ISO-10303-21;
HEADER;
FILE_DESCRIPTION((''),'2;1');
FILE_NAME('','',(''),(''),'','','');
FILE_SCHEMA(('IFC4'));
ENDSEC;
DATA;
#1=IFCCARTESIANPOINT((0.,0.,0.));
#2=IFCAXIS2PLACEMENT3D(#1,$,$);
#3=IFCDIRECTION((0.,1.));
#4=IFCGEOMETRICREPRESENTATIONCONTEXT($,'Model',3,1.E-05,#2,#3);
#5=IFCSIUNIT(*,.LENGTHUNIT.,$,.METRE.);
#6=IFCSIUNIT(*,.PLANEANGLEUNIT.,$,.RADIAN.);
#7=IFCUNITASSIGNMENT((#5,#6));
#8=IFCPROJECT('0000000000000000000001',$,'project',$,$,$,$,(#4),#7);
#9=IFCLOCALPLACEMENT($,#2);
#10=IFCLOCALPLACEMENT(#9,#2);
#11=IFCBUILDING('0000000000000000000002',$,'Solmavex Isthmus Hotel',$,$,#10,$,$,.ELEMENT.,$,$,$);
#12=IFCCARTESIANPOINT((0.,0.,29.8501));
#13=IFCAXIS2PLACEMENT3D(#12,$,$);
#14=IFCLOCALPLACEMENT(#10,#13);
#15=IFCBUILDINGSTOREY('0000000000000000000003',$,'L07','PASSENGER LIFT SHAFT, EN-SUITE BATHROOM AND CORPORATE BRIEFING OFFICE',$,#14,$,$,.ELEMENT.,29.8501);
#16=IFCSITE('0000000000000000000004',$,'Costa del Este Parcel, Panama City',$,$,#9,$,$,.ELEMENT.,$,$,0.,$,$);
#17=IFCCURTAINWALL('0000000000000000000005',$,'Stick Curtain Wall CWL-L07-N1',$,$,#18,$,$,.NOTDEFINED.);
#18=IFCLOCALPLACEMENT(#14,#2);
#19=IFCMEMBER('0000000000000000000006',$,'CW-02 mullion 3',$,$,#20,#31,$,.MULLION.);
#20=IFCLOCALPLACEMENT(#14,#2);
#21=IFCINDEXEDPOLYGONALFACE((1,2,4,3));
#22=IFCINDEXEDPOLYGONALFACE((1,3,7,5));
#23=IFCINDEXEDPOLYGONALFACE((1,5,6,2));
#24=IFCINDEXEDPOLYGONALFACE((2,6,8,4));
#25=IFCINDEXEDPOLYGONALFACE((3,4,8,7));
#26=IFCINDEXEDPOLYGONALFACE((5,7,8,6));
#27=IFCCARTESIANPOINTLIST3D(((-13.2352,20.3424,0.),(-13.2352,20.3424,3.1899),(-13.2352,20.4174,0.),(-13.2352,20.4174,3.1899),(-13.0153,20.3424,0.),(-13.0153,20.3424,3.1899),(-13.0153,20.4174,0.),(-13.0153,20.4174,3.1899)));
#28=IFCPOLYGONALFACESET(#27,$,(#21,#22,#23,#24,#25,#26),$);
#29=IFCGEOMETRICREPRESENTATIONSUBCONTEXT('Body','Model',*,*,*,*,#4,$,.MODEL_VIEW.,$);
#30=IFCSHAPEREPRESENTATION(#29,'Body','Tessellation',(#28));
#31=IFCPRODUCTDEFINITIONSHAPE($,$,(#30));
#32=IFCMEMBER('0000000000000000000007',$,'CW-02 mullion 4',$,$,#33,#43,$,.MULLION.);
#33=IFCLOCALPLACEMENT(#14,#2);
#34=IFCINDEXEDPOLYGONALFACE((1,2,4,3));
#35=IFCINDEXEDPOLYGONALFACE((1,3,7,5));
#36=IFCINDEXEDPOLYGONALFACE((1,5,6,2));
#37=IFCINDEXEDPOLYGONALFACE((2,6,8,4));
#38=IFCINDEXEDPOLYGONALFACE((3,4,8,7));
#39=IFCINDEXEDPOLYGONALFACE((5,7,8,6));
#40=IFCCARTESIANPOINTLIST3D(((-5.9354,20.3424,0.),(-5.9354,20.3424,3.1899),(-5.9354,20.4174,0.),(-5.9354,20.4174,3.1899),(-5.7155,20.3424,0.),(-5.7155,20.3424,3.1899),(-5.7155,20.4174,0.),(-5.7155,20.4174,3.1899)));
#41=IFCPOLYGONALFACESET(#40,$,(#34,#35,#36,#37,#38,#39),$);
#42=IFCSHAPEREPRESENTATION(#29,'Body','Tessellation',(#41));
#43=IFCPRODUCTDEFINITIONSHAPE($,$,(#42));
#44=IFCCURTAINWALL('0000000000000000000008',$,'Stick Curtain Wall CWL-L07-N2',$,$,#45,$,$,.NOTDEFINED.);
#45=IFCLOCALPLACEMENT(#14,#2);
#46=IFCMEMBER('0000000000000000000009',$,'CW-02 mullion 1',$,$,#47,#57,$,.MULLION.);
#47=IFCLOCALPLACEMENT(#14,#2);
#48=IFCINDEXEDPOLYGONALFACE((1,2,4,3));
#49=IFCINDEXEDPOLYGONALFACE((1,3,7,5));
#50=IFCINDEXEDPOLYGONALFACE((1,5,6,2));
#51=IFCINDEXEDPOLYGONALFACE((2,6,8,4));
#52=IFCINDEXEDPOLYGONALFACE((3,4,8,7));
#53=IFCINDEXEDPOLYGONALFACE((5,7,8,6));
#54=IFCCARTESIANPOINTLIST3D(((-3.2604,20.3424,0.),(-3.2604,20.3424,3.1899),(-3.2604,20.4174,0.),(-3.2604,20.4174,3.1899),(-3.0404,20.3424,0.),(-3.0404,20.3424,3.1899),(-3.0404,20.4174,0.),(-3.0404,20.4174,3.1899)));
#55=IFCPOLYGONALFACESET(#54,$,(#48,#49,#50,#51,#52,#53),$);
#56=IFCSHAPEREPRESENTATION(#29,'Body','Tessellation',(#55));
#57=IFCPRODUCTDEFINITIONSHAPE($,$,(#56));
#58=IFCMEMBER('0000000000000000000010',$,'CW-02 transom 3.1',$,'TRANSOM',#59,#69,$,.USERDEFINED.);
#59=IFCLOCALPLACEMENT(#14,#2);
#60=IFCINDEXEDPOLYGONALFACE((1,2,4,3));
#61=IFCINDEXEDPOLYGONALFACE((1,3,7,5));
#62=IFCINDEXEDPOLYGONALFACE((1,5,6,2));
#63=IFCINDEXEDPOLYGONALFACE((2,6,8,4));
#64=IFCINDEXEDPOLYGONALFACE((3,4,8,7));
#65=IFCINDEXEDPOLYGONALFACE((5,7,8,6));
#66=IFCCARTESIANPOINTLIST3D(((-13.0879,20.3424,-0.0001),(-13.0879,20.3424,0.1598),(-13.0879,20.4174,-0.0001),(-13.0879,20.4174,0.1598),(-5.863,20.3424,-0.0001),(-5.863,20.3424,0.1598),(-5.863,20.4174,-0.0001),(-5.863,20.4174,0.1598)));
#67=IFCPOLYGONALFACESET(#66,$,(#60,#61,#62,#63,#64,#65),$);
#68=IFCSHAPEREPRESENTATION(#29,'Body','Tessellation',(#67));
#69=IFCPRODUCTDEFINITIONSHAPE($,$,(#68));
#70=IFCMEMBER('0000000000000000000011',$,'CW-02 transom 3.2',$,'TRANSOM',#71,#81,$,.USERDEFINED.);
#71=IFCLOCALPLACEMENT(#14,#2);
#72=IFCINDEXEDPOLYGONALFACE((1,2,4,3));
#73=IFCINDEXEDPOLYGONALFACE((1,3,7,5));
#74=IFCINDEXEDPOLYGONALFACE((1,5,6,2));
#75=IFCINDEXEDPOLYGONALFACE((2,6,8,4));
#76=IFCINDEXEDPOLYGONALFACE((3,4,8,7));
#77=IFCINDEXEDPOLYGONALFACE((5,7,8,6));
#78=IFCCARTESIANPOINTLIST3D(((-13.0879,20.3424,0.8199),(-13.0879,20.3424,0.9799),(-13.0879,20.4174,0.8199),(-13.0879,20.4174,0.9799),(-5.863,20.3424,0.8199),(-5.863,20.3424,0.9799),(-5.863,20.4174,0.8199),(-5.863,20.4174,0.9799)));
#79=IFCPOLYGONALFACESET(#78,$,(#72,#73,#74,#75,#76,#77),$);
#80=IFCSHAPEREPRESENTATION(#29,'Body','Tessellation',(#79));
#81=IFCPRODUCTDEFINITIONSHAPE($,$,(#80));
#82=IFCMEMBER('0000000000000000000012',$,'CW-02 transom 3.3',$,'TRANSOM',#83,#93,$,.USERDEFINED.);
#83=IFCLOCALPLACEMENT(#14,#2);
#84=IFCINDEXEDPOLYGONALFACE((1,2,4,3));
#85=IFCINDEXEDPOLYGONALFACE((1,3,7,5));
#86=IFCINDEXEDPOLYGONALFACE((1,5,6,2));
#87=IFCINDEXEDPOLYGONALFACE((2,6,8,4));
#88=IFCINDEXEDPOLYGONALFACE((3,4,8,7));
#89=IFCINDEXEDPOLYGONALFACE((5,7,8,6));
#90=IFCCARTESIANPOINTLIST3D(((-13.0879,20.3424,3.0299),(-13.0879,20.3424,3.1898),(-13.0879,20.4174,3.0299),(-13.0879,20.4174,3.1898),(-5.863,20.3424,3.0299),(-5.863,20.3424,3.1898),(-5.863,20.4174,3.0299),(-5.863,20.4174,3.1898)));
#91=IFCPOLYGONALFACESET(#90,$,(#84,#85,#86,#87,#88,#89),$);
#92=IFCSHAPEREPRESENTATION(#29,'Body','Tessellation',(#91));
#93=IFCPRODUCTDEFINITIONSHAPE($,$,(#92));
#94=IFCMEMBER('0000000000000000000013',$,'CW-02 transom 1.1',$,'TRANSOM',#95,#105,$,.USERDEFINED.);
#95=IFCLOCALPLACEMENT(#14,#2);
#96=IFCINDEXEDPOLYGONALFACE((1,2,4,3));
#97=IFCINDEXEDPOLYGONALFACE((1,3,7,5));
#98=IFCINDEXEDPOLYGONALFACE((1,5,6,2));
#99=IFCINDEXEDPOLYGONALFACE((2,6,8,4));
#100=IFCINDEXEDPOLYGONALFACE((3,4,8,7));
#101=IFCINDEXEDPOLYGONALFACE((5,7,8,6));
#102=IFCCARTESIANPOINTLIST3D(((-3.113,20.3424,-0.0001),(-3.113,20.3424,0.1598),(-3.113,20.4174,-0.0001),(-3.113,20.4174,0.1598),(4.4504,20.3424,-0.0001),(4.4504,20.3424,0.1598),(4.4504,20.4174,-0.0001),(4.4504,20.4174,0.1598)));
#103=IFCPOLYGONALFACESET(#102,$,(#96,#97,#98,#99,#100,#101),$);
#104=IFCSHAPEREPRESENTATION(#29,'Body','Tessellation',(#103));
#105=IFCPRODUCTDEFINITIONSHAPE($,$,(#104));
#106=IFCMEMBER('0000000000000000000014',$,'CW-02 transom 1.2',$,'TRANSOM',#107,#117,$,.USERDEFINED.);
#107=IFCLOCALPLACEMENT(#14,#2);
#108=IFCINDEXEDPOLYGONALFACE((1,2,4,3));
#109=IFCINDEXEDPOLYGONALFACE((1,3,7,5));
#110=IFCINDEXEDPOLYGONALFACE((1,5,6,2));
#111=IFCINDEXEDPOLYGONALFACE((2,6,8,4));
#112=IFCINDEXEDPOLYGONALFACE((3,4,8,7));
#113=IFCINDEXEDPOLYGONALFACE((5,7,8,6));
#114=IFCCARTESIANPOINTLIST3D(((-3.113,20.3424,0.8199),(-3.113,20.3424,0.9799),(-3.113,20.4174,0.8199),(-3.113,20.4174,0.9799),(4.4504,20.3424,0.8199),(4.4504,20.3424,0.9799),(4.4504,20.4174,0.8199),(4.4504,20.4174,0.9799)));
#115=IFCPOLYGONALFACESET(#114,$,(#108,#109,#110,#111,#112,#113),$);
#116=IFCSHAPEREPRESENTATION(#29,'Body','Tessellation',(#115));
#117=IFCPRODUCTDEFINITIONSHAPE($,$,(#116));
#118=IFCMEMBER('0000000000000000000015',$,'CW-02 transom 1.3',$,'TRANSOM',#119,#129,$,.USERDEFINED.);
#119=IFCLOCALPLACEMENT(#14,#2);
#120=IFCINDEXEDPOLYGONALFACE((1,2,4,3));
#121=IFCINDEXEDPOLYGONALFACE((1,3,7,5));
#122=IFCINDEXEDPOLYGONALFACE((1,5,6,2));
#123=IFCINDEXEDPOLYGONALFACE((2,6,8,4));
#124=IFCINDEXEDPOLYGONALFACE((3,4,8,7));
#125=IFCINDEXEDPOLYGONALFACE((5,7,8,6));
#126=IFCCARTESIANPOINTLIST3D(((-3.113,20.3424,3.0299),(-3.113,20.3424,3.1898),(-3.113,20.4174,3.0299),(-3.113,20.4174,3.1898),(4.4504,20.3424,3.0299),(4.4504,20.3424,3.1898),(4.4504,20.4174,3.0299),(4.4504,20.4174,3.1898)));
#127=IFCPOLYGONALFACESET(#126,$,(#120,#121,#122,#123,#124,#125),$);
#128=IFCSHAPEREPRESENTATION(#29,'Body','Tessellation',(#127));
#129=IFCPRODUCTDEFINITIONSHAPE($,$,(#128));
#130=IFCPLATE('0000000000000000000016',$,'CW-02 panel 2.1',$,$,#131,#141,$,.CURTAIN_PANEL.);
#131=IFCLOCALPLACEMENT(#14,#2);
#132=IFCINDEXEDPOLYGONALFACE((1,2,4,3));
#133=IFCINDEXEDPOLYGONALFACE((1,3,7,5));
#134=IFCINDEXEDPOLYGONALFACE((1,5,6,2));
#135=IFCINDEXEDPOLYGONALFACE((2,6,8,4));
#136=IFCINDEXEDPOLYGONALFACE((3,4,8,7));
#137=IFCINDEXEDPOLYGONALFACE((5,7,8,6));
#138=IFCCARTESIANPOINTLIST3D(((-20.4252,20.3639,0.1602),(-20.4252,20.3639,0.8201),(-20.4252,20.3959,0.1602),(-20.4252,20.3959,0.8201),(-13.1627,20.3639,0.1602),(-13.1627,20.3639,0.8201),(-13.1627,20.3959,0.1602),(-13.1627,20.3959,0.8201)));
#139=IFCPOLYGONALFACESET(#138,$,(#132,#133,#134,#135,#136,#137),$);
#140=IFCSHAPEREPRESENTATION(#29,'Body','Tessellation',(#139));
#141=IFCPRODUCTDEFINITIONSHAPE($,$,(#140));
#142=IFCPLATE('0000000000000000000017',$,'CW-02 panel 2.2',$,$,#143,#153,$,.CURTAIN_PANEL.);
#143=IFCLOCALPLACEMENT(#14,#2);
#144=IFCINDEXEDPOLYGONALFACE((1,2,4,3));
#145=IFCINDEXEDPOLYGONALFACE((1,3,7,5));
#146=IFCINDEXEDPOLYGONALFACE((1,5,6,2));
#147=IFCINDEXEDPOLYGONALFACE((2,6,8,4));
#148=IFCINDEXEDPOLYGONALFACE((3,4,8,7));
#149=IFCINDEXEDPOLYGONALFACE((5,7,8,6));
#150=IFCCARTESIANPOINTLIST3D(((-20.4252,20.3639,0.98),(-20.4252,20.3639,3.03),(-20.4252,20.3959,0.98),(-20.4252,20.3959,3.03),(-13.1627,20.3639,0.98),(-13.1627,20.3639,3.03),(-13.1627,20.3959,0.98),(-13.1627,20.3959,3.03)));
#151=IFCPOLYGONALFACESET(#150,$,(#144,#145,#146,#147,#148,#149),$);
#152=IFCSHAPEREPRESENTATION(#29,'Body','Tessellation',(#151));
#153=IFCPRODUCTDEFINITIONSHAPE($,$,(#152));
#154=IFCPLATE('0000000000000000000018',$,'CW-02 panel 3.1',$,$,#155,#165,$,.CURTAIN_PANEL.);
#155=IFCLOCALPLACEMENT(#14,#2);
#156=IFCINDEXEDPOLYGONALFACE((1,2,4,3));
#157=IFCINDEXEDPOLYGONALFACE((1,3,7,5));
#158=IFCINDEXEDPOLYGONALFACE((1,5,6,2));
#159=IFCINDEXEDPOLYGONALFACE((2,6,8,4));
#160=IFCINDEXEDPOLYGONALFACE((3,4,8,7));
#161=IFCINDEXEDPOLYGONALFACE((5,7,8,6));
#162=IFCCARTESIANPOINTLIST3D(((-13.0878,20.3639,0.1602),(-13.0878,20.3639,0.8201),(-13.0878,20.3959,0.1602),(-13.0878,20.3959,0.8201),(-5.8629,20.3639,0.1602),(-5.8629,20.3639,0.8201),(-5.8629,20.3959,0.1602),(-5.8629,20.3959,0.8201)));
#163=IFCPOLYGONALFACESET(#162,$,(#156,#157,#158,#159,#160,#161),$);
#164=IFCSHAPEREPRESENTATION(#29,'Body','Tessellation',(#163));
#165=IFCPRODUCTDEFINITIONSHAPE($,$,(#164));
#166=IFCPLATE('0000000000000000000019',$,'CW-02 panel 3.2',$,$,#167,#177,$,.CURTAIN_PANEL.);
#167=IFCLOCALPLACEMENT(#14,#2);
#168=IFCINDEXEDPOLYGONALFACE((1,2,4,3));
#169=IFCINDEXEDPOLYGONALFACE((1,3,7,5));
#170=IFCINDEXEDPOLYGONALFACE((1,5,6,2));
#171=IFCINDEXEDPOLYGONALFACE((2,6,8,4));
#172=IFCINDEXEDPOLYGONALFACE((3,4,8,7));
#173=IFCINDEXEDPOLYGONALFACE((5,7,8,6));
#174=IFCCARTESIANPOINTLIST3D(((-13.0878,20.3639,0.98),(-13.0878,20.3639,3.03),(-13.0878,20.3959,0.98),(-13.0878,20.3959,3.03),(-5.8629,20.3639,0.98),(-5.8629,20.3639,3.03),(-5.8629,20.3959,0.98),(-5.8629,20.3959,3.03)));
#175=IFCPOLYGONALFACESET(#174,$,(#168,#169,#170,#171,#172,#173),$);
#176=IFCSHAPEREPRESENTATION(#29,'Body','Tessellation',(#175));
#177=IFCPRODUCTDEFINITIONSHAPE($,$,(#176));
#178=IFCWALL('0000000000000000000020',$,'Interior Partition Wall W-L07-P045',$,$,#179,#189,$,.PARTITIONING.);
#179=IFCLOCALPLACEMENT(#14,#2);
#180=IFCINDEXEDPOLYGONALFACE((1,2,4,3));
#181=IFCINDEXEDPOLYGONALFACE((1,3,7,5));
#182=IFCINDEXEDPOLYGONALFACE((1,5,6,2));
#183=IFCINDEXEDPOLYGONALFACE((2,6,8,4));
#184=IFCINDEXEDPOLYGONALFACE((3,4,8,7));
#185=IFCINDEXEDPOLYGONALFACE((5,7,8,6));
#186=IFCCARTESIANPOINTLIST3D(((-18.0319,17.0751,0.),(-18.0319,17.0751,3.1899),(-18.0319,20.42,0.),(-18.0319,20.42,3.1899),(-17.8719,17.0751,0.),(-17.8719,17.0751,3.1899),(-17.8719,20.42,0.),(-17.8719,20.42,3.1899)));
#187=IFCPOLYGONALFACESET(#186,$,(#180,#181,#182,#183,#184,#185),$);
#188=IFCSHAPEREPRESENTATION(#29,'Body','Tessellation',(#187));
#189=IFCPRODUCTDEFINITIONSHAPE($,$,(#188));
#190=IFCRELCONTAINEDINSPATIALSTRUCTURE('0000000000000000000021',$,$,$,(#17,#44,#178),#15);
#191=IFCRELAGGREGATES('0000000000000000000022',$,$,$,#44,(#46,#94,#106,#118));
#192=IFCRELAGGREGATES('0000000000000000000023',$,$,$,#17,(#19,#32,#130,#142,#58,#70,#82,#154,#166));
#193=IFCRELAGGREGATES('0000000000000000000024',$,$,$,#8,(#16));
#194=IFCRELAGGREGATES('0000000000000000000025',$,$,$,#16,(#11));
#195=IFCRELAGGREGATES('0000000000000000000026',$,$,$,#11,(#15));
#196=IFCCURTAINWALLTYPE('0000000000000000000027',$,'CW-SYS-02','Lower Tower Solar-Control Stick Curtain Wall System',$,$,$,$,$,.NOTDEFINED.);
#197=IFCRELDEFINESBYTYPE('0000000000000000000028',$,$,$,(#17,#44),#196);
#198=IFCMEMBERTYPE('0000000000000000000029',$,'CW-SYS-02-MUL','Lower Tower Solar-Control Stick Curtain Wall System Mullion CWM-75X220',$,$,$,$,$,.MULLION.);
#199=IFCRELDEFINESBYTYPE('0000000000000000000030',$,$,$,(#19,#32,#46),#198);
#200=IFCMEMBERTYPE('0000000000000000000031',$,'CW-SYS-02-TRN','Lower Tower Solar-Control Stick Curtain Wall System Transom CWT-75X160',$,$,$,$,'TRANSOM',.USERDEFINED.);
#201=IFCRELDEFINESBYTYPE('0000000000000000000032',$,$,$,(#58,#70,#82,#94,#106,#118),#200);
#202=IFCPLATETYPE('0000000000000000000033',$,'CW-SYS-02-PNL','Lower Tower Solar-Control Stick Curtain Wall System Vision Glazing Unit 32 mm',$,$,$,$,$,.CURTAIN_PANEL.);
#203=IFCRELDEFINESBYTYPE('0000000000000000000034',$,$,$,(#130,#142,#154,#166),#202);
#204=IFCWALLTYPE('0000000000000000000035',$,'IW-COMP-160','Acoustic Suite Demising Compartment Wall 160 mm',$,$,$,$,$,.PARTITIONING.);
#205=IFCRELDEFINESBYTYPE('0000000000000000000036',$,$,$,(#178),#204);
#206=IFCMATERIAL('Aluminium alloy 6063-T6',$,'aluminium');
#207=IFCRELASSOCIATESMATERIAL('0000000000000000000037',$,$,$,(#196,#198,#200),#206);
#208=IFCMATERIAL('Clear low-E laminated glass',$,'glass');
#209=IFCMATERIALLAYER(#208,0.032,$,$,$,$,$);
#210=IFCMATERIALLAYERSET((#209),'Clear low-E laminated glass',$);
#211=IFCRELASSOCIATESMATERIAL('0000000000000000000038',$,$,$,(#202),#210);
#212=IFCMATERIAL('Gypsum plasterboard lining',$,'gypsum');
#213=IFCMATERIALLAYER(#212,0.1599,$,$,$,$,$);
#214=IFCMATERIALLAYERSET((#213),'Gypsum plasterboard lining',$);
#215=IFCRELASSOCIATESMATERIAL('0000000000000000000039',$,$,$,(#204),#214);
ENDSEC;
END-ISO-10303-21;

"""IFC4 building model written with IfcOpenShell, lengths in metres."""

from ifc_helpers import new_model, si_unit, direction, frame, frame_2d, origin, origin_2d, place, context, subcontext, project, spatial, rectangle, extrude, material, layer, layer_set, material_profile, profile_set, type_object, element, aggregate, save


model = new_model("IFC4")

# Units and contexts
model_context = context("Model", 3, precision=1e-05, world=origin(), true_north=direction((0.0, 1.0)))
body_context = subcontext(model_context, "Body", "Model", "MODEL_VIEW")
ifc_project = project(units=[si_unit("LENGTHUNIT", "METRE"), si_unit("PLANEANGLEUNIT", "RADIAN")], contexts=[model_context])

# Site, building, storey
site_placement = place(None, origin())
site = spatial("IfcSite", under=ifc_project, at=site_placement, Name="Costa del Este Parcel, Panama City", CompositionType="ELEMENT", RefElevation=0.0)
building_placement = place(site_placement, origin())
building = spatial("IfcBuilding", under=site, at=building_placement, Name="Solmavex Isthmus Hotel", CompositionType="ELEMENT")
storey_placement = place(building_placement, frame((0.0, 0.0, 29.8501)))
storey = spatial("IfcBuildingStorey", under=building, at=storey_placement, Name="L07", Description="PASSENGER LIFT SHAFT, EN-SUITE BATHROOM AND CORPORATE BRIEFING OFFICE", CompositionType="ELEMENT", Elevation=29.8501)

# Curtain wall, members
ifc_material_1 = material(Name="Aluminium alloy 6063-T6", Category="aluminium")
curtain_wall_type = type_object("IfcCurtainWallType", Name="CW-SYS-02", Description="Lower Tower Solar-Control Stick Curtain Wall System", PredefinedType="NOTDEFINED", material=ifc_material_1)
curtain_wall_1_placement = place(storey_placement, origin())
curtain_wall_1 = element("IfcCurtainWall", 1, at=curtain_wall_1_placement, inside=storey, type_object=curtain_wall_type, Name="Stick Curtain Wall CWL-L07-N1", PredefinedType="NOTDEFINED")
ifc_material_profile_1 = material_profile(ifc_material_1, rectangle(XDim=0.075, YDim=0.22, at=origin_2d()), Name="CWM-75X220")
ifc_profile_set_1 = profile_set([ifc_material_profile_1], Name="Aluminium alloy 6063-T6")
member_type_1 = type_object("IfcMemberType", Name="CW-SYS-02-MUL", Description="Lower Tower Solar-Control Stick Curtain Wall System Mullion CWM-75X220", PredefinedType="MULLION", material=ifc_profile_set_1)
member_1_placement = place(storey_placement, frame((-13.1252, 20.3799, 0.0), z_axis=(0.0, 0.0, 1.0), x_axis=(0.0, 1.0, 0.0)))
member_1 = element("IfcMember", 2, at=member_1_placement, type_object=member_type_1, Name="CW-02 mullion 3", PredefinedType="MULLION", context=body_context, shape_type="SweptSolid", body=[
    extrude(rectangle(XDim=0.075, YDim=0.22, at=origin_2d()), origin(), (0.0, 0.0, 1.0), 3.1899),
])
member_2_placement = place(storey_placement, frame((-5.8254, 20.3799, 0.0), z_axis=(0.0, 0.0, 1.0), x_axis=(0.0, 1.0, 0.0)))
member_2 = element("IfcMember", 3, at=member_2_placement, type_object=member_type_1, Name="CW-02 mullion 4", PredefinedType="MULLION", context=body_context, shape_type="SweptSolid", body=[
    extrude(rectangle(XDim=0.075, YDim=0.22, at=origin_2d()), origin(), (0.0, 0.0, 1.0), 3.1899),
])

# Curtain wall, member
curtain_wall_2_placement = place(storey_placement, origin())
curtain_wall_2 = element("IfcCurtainWall", 4, at=curtain_wall_2_placement, inside=storey, type_object=curtain_wall_type, Name="Stick Curtain Wall CWL-L07-N2", PredefinedType="NOTDEFINED")
member_3_placement = place(storey_placement, frame((-3.1504, 20.3799, 0.0), z_axis=(0.0, 0.0, 1.0), x_axis=(0.0, 1.0, 0.0)))
member_3 = element("IfcMember", 5, at=member_3_placement, type_object=member_type_1, Name="CW-02 mullion 1", PredefinedType="MULLION", context=body_context, shape_type="SweptSolid", body=[
    extrude(rectangle(XDim=0.075, YDim=0.22, at=origin_2d()), origin(), (0.0, 0.0, 1.0), 3.1899),
])

# Members
ifc_material_profile_2 = material_profile(ifc_material_1, rectangle(XDim=0.075, YDim=0.1599, at=origin_2d()), Name="CWT-75X160")
ifc_profile_set_2 = profile_set([ifc_material_profile_2], Name="Aluminium alloy 6063-T6")
member_type_2 = type_object("IfcMemberType", Name="CW-SYS-02-TRN", Description="Lower Tower Solar-Control Stick Curtain Wall System Transom CWT-75X160", ElementType="TRANSOM", PredefinedType="USERDEFINED", material=ifc_profile_set_2)
member_4_placement = place(storey_placement, frame((-13.0879, 20.3799, 0.0798), z_axis=(1.0, 0.0, 0.0), x_axis=(0.0, 1.0, 0.0)))
member_4 = element("IfcMember", 6, at=member_4_placement, type_object=member_type_2, Name="CW-02 transom 3.1", ObjectType="TRANSOM", PredefinedType="USERDEFINED", context=body_context, shape_type="SweptSolid", body=[
    extrude(rectangle(XDim=0.075, YDim=0.1599, at=origin_2d()), origin(), (0.0, 0.0, 1.0), 7.2249),
])
member_5_placement = place(storey_placement, frame((-13.0879, 20.3799, 0.8999), z_axis=(1.0, 0.0, 0.0), x_axis=(0.0, 1.0, 0.0)))
member_5 = element("IfcMember", 7, at=member_5_placement, type_object=member_type_2, Name="CW-02 transom 3.2", ObjectType="TRANSOM", PredefinedType="USERDEFINED", context=body_context, shape_type="SweptSolid", body=[
    extrude(rectangle(XDim=0.075, YDim=0.1599, at=origin_2d()), origin(), (0.0, 0.0, 1.0), 7.2249),
])
member_6_placement = place(storey_placement, frame((-13.0879, 20.3799, 3.1099), z_axis=(1.0, 0.0, 0.0), x_axis=(0.0, 1.0, 0.0)))
member_6 = element("IfcMember", 8, at=member_6_placement, type_object=member_type_2, Name="CW-02 transom 3.3", ObjectType="TRANSOM", PredefinedType="USERDEFINED", context=body_context, shape_type="SweptSolid", body=[
    extrude(rectangle(XDim=0.075, YDim=0.1599, at=origin_2d()), origin(), (0.0, 0.0, 1.0), 7.2249),
])
member_7_placement = place(storey_placement, frame((-3.113, 20.3799, 0.0798), z_axis=(1.0, 0.0, 0.0), x_axis=(0.0, 1.0, 0.0)))
member_7 = element("IfcMember", 9, at=member_7_placement, type_object=member_type_2, Name="CW-02 transom 1.1", ObjectType="TRANSOM", PredefinedType="USERDEFINED", context=body_context, shape_type="SweptSolid", body=[
    extrude(rectangle(XDim=0.075, YDim=0.1599, at=origin_2d()), origin(), (0.0, 0.0, 1.0), 7.5635),
])
member_8_placement = place(storey_placement, frame((-3.113, 20.3799, 0.8999), z_axis=(1.0, 0.0, 0.0), x_axis=(0.0, 1.0, 0.0)))
member_8 = element("IfcMember", 10, at=member_8_placement, type_object=member_type_2, Name="CW-02 transom 1.2", ObjectType="TRANSOM", PredefinedType="USERDEFINED", context=body_context, shape_type="SweptSolid", body=[
    extrude(rectangle(XDim=0.075, YDim=0.1599, at=origin_2d()), origin(), (0.0, 0.0, 1.0), 7.5635),
])
member_9_placement = place(storey_placement, frame((-3.113, 20.3799, 3.1099), z_axis=(1.0, 0.0, 0.0), x_axis=(0.0, 1.0, 0.0)))
member_9 = element("IfcMember", 11, at=member_9_placement, type_object=member_type_2, Name="CW-02 transom 1.3", ObjectType="TRANSOM", PredefinedType="USERDEFINED", context=body_context, shape_type="SweptSolid", body=[
    extrude(rectangle(XDim=0.075, YDim=0.1599, at=origin_2d()), origin(), (0.0, 0.0, 1.0), 7.5635),
])
aggregate(curtain_wall_2, [member_3, member_7, member_8, member_9])

# Plates
ifc_material_2 = material(Name="Clear low-E laminated glass", Category="glass")
ifc_layer_1 = layer(ifc_material_2, 0.032)
ifc_layer_set_1 = layer_set([ifc_layer_1], Name="Clear low-E laminated glass")
plate_type = type_object("IfcPlateType", Name="CW-SYS-02-PNL", Description="Lower Tower Solar-Control Stick Curtain Wall System Vision Glazing Unit 32 mm", PredefinedType="CURTAIN_PANEL", material=ifc_layer_set_1)
plate_1_placement = place(storey_placement, frame((-16.7939, 20.3799, 0.1602), z_axis=(0.0, 0.0, 1.0), x_axis=(1.0, 0.0, 0.0)))
plate_1 = element("IfcPlate", 12, at=plate_1_placement, type_object=plate_type, Name="CW-02 panel 2.1", PredefinedType="CURTAIN_PANEL", context=body_context, shape_type="SweptSolid", body=[
    extrude(rectangle(XDim=7.2625, YDim=0.032, at=origin_2d()), origin(), (0.0, 0.0, 1.0), 0.6599),
])
plate_2_placement = place(storey_placement, frame((-16.7939, 20.3799, 0.98), z_axis=(0.0, 0.0, 1.0), x_axis=(1.0, 0.0, 0.0)))
plate_2 = element("IfcPlate", 13, at=plate_2_placement, type_object=plate_type, Name="CW-02 panel 2.2", PredefinedType="CURTAIN_PANEL", context=body_context, shape_type="SweptSolid", body=[
    extrude(rectangle(XDim=7.2625, YDim=0.032, at=origin_2d()), origin(), (0.0, 0.0, 1.0), 2.05),
])
plate_3_placement = place(storey_placement, frame((-9.4753, 20.3799, 0.1602), z_axis=(0.0, 0.0, 1.0), x_axis=(1.0, 0.0, 0.0)))
plate_3 = element("IfcPlate", 14, at=plate_3_placement, type_object=plate_type, Name="CW-02 panel 3.1", PredefinedType="CURTAIN_PANEL", context=body_context, shape_type="SweptSolid", body=[
    extrude(rectangle(XDim=7.2249, YDim=0.032, at=origin_2d()), origin(), (0.0, 0.0, 1.0), 0.6599),
])
plate_4_placement = place(storey_placement, frame((-9.4753, 20.3799, 0.98), z_axis=(0.0, 0.0, 1.0), x_axis=(1.0, 0.0, 0.0)))
plate_4 = element("IfcPlate", 15, at=plate_4_placement, type_object=plate_type, Name="CW-02 panel 3.2", PredefinedType="CURTAIN_PANEL", context=body_context, shape_type="SweptSolid", body=[
    extrude(rectangle(XDim=7.2249, YDim=0.032, at=origin_2d()), origin(), (0.0, 0.0, 1.0), 2.05),
])
aggregate(curtain_wall_1, [member_1, member_2, plate_1, plate_2, member_4, member_5, member_6, plate_3, plate_4])

# Wall
ifc_material_3 = material(Name="Gypsum plasterboard lining", Category="gypsum")
ifc_layer_2 = layer(ifc_material_3, 0.1599)
ifc_layer_set_2 = layer_set([ifc_layer_2], Name="Gypsum plasterboard lining")
wall_type_1 = type_object("IfcWallType", Name="IW-COMP-160", Description="Acoustic Suite Demising Compartment Wall 160 mm", PredefinedType="PARTITIONING", material=ifc_layer_set_2)
for number, where, z_axis, x_axis, name in (
    (16, (-17.9519, 20.4199, 0.0), (0.0, 0.0, 1.0), (0.0, -1.0, 0.0), "Interior Partition Wall W-L07-P045"),
):
    element("IfcWall", number, at=place(storey_placement, frame(where, z_axis=z_axis, x_axis=x_axis)), inside=storey, type_object=wall_type_1, Name=name, PredefinedType="PARTITIONING", context=body_context, shape_type="SweptSolid", body=[
        extrude(rectangle(XDim=3.345, YDim=0.1599, at=frame_2d((1.6724, 0.0))), origin(), (0.0, 0.0, 1.0), 3.1899),
    ])

save(model, "model.ifc")
